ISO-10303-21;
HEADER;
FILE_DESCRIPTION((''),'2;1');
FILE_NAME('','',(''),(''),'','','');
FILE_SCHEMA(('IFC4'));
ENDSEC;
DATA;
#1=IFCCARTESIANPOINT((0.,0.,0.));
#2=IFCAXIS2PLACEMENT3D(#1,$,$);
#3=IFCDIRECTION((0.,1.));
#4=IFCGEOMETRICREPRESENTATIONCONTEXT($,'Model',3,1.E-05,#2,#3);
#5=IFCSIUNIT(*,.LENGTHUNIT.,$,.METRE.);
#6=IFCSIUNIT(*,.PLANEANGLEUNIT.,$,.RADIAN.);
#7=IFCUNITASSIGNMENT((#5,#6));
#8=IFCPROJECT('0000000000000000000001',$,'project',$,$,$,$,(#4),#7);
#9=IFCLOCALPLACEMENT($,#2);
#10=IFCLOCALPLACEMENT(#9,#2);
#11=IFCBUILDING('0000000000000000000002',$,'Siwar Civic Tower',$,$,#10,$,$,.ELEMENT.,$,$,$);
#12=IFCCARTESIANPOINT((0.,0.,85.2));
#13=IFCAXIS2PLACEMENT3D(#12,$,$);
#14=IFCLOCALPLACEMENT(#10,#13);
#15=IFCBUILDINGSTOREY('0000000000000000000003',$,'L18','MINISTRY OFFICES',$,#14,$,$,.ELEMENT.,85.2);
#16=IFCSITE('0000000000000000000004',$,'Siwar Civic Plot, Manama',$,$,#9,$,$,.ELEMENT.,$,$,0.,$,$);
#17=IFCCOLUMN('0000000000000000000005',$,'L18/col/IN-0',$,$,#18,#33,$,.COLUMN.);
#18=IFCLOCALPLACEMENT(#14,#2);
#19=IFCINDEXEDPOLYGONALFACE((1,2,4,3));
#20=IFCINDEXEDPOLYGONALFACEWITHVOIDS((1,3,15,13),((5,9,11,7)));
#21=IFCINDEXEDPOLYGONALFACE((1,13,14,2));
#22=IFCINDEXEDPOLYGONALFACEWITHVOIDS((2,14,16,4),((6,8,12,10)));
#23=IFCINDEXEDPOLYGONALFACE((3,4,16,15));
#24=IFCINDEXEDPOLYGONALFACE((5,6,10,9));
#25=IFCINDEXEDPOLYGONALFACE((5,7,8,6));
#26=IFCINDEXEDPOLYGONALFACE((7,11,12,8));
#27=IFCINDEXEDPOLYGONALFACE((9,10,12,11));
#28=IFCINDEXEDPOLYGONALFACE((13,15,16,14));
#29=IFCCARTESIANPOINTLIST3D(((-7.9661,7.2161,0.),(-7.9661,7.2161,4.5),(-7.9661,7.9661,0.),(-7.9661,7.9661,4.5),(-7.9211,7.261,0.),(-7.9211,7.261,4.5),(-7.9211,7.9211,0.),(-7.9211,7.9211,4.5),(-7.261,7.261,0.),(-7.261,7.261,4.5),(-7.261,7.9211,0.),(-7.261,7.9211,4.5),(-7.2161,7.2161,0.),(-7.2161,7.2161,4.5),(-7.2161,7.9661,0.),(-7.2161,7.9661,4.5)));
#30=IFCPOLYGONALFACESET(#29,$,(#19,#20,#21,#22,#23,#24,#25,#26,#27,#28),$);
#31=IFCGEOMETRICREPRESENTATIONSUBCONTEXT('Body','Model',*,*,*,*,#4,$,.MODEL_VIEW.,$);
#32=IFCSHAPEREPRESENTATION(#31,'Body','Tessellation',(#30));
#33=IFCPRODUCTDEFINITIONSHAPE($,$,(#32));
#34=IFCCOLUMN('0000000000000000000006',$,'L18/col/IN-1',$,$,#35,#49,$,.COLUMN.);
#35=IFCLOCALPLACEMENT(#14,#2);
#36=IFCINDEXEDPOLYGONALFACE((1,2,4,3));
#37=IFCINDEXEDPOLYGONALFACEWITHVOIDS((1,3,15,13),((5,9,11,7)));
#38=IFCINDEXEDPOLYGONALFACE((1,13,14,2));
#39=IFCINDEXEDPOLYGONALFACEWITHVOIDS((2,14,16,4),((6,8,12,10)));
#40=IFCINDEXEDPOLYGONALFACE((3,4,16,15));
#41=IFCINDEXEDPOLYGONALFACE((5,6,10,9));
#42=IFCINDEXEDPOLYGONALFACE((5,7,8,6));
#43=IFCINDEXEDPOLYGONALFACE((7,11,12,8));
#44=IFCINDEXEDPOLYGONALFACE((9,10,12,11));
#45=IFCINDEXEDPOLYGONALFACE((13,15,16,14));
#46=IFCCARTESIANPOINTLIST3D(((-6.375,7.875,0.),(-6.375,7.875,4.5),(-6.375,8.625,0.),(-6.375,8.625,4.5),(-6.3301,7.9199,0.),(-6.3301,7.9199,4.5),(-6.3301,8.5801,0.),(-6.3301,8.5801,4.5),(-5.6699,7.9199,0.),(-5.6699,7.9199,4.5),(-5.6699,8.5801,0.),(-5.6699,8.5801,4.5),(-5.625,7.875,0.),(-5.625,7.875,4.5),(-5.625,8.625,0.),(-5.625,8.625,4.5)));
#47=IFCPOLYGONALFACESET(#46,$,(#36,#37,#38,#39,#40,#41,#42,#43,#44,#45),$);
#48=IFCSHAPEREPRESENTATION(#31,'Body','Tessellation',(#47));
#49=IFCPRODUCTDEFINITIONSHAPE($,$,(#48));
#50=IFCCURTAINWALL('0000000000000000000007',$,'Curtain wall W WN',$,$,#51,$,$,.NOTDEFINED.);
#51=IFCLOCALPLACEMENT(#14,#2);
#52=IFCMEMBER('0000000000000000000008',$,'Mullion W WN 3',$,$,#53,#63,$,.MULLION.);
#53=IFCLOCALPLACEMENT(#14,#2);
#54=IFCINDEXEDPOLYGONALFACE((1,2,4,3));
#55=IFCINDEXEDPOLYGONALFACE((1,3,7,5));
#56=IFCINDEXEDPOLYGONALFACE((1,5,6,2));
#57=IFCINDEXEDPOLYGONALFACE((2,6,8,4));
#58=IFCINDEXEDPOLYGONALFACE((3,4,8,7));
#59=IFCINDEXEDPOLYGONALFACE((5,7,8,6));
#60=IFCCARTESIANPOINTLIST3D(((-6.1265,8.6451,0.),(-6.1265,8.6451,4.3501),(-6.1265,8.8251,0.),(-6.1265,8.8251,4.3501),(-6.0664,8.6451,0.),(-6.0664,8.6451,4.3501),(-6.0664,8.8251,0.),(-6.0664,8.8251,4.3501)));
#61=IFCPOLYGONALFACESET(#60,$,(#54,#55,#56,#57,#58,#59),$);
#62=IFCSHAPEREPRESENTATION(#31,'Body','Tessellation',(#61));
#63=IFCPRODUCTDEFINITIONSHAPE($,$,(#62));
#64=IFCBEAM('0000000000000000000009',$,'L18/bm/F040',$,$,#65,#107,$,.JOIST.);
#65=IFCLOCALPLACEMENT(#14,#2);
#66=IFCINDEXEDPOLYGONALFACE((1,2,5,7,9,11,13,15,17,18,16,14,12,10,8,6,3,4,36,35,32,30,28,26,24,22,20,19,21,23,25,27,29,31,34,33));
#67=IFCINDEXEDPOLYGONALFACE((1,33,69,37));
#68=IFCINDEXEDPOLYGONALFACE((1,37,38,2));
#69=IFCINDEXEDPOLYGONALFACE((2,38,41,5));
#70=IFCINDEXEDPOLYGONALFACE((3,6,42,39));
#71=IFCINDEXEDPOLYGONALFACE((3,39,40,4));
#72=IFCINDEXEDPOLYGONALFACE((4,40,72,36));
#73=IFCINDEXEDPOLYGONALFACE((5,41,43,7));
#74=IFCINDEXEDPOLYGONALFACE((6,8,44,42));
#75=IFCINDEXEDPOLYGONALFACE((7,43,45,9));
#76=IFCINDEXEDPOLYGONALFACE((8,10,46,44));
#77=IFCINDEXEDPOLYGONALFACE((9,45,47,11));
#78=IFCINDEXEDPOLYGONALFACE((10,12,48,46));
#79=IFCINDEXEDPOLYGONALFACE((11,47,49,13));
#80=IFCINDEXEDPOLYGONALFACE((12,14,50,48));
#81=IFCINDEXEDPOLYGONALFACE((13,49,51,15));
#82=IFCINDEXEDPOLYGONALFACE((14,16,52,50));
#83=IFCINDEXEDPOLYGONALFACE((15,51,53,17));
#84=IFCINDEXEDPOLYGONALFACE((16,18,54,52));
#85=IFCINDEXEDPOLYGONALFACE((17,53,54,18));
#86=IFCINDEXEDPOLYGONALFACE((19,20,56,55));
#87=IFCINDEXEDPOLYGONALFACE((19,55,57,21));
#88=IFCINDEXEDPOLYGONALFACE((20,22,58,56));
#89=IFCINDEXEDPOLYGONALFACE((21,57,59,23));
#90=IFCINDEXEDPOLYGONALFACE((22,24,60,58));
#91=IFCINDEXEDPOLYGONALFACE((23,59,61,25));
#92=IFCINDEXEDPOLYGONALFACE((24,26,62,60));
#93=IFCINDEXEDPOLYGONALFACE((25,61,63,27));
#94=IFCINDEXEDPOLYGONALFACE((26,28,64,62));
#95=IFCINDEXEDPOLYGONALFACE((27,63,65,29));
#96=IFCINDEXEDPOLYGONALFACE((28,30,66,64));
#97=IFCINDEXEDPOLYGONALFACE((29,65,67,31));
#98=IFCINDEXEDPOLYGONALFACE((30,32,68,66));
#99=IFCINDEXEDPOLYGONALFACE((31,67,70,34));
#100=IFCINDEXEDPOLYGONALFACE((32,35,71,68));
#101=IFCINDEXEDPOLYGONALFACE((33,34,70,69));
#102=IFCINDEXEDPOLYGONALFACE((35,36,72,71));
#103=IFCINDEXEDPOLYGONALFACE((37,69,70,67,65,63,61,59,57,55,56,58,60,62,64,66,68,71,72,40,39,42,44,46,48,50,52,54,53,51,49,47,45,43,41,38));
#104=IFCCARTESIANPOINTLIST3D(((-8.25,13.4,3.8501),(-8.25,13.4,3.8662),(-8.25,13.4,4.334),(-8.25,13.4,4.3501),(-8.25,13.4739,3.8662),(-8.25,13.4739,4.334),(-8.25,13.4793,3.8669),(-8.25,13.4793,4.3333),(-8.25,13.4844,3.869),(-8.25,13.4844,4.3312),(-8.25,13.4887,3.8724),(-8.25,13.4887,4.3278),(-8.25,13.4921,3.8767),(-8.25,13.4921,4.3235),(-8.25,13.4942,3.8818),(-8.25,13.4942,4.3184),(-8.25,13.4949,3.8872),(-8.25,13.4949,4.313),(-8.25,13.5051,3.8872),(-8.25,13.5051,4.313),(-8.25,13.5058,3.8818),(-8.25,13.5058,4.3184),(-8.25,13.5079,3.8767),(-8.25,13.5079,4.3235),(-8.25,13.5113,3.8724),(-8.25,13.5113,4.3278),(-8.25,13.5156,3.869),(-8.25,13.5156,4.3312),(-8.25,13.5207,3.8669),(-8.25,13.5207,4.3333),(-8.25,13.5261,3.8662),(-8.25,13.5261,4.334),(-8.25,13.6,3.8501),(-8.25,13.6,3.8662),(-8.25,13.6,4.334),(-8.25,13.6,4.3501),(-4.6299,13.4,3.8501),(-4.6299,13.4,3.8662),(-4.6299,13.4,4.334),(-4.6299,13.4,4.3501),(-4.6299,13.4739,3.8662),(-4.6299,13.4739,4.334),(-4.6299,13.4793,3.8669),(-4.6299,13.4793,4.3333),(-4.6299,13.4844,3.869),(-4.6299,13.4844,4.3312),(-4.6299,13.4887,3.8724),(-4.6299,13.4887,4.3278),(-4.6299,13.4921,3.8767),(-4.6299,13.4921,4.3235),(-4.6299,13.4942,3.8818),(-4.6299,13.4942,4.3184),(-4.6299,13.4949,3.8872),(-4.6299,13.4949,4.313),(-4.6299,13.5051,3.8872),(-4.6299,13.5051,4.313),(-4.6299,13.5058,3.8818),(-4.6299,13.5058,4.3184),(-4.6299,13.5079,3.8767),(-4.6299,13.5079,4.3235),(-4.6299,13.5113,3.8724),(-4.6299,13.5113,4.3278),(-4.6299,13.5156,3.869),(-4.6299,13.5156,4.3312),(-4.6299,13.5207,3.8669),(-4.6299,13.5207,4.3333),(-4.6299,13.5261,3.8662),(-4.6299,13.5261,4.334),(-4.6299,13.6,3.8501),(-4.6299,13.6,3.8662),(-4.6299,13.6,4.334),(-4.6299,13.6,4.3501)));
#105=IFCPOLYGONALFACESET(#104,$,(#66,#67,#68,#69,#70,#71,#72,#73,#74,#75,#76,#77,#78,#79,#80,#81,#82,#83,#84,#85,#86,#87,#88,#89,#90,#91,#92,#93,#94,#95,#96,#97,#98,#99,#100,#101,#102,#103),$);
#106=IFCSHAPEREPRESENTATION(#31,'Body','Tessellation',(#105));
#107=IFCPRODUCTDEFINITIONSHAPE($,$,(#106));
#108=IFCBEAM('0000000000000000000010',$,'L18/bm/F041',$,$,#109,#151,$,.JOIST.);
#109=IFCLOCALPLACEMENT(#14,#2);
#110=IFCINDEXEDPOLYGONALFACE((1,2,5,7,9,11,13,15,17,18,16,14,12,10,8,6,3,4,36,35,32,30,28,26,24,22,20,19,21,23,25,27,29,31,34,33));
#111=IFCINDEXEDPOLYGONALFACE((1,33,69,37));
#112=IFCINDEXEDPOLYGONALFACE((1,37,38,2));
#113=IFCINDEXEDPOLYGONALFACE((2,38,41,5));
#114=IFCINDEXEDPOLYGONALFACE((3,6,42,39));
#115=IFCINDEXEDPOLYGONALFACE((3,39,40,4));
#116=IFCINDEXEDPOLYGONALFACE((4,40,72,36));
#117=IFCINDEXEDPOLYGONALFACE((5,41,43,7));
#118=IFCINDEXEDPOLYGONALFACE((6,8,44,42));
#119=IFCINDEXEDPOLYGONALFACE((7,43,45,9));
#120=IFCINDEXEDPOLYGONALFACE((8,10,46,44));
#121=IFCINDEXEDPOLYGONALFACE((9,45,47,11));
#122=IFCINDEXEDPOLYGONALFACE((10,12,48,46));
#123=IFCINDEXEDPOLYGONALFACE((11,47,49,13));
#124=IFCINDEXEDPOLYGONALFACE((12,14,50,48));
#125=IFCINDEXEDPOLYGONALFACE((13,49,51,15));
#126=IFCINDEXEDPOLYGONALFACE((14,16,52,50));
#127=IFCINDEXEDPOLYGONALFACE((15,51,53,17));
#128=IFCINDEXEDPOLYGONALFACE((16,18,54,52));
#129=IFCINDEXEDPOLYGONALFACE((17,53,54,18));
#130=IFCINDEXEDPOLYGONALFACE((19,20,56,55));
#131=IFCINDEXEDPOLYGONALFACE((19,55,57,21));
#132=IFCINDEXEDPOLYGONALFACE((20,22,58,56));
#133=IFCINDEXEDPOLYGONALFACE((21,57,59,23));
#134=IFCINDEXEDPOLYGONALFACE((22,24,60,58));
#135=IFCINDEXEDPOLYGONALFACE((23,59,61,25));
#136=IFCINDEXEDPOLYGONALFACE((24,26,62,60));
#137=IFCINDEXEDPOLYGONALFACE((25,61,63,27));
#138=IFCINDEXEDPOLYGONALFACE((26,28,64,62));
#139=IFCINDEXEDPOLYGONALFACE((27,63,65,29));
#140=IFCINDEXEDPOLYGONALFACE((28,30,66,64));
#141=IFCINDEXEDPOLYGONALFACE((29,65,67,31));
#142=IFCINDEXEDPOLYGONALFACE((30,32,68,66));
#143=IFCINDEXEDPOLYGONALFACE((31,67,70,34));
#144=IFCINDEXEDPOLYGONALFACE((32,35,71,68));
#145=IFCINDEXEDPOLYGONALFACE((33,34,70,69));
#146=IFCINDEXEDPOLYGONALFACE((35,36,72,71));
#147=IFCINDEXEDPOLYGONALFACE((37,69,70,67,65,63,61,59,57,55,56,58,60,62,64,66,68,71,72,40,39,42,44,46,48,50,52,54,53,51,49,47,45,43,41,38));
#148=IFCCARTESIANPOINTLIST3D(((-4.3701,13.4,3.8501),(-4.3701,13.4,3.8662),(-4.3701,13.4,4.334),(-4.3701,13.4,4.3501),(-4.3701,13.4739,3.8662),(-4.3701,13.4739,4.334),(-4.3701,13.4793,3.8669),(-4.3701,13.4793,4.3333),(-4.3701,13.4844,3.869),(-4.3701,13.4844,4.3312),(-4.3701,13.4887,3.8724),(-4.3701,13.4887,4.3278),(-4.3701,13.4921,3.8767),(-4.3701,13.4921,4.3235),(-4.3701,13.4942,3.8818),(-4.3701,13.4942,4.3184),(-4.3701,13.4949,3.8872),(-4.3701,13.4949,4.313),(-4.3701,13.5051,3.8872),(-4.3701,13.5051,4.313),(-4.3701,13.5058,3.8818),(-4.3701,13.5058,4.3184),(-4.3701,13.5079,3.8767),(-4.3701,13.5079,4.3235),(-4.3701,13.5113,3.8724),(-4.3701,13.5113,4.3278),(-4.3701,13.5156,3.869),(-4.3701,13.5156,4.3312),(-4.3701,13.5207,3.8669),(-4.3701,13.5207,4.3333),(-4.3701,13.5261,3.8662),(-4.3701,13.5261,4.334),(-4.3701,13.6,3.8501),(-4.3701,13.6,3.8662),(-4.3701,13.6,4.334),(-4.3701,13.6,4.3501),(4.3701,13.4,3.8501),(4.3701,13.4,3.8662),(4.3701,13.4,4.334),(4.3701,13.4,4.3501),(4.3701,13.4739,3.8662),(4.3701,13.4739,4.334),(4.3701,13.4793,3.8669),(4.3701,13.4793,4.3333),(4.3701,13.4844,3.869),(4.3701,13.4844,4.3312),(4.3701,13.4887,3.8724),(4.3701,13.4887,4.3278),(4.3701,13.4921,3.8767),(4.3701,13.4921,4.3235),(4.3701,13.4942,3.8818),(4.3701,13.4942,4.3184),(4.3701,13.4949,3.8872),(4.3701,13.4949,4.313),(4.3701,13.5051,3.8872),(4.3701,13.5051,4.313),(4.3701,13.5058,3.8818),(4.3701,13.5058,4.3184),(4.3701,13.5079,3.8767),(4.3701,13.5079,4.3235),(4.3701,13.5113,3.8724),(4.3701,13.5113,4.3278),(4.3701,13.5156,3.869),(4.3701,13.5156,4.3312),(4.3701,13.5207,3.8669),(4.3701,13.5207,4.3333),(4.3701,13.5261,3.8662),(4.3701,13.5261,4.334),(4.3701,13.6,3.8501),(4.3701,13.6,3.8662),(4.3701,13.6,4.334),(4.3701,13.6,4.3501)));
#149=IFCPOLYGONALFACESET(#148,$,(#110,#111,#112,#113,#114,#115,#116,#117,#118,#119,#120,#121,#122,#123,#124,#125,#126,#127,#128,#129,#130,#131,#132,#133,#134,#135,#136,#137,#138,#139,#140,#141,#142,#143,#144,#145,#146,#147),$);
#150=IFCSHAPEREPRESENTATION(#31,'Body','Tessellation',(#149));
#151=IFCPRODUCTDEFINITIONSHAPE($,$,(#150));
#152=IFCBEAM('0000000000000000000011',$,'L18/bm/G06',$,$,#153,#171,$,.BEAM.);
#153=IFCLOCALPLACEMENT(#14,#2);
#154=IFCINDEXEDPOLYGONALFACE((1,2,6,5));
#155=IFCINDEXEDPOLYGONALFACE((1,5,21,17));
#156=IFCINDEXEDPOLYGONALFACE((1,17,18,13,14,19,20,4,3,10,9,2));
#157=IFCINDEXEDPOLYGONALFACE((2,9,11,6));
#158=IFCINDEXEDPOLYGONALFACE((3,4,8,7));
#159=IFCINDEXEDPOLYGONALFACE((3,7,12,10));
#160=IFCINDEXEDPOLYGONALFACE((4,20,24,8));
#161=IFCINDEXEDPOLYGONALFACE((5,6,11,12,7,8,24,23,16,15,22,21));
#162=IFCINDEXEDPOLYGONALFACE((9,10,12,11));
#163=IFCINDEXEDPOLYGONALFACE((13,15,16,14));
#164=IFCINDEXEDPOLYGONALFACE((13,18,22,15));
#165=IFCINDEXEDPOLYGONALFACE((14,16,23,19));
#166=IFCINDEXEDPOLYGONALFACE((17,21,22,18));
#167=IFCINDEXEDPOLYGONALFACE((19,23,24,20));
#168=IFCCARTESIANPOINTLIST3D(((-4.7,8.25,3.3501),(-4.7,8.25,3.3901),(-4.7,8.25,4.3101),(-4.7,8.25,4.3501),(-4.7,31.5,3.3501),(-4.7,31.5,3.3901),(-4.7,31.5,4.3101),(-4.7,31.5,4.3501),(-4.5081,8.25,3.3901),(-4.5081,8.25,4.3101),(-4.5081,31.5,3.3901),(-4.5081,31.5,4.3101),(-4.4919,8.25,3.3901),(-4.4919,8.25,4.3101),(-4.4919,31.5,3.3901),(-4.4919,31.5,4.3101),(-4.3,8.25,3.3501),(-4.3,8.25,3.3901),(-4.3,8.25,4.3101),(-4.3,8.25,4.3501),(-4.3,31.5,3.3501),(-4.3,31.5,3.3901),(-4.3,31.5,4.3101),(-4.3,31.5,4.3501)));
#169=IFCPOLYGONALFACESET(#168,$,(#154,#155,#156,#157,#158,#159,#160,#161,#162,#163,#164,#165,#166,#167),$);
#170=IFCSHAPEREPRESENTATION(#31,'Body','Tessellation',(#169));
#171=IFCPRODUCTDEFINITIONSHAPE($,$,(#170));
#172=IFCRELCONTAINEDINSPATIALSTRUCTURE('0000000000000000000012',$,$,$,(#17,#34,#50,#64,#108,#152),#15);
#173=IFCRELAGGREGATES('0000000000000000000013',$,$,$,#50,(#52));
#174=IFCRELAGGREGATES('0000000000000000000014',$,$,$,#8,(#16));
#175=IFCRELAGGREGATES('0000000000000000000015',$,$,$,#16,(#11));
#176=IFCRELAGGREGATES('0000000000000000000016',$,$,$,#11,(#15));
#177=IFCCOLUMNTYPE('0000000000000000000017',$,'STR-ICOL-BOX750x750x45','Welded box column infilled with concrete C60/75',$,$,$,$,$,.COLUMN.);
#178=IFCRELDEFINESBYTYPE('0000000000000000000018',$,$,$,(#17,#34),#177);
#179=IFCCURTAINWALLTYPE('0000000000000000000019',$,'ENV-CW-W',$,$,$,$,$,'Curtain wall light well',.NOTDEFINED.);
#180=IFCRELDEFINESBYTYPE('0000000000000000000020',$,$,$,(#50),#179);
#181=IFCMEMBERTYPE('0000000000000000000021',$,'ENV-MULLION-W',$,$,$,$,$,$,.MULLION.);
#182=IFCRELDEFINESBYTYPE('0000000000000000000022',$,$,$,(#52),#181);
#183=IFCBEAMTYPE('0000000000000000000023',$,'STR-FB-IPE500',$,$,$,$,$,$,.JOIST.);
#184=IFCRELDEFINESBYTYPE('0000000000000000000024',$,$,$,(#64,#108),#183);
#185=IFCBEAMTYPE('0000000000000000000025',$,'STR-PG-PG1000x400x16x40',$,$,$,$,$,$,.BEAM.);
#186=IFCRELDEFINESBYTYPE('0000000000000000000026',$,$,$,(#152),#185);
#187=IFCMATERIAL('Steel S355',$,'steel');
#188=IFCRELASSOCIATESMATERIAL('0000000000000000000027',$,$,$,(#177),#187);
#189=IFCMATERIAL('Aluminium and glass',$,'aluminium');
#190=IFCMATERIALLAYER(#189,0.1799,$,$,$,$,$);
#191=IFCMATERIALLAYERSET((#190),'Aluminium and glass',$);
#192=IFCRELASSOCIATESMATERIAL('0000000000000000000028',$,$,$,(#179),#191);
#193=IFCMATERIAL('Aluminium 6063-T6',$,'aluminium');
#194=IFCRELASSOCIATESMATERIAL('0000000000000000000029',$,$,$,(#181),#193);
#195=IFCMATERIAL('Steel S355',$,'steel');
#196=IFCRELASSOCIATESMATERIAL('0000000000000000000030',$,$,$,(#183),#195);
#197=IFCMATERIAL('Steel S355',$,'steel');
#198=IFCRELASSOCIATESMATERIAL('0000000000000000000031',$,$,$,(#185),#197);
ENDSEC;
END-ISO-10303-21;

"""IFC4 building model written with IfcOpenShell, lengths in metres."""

from ifc_helpers import new_model, si_unit, direction, frame, origin, origin_2d, place, context, subcontext, project, spatial, rectangle, hollow_rectangle, i_section, extrude, material, layer, layer_set, material_profile, profile_set, type_object, element, aggregate, save


model = new_model("IFC4")

# Units and contexts
model_context = context("Model", 3, precision=1e-05, world=origin(), true_north=direction((0.0, 1.0)))
body_context = subcontext(model_context, "Body", "Model", "MODEL_VIEW")
ifc_project = project(units=[si_unit("LENGTHUNIT", "METRE"), si_unit("PLANEANGLEUNIT", "RADIAN")], contexts=[model_context])

# Site, building, storey
site_placement = place(None, origin())
site = spatial("IfcSite", under=ifc_project, at=site_placement, Name="Siwar Civic Plot, Manama", CompositionType="ELEMENT", RefElevation=0.0)
building_placement = place(site_placement, origin())
building = spatial("IfcBuilding", under=site, at=building_placement, Name="Siwar Civic Tower", CompositionType="ELEMENT")
storey_placement = place(building_placement, frame((0.0, 0.0, 85.2)))
storey = spatial("IfcBuildingStorey", under=building, at=storey_placement, Name="L18", Description="MINISTRY OFFICES", CompositionType="ELEMENT", Elevation=85.2)

# Columns
ifc_material_1 = material(Name="Steel S355", Category="steel")
ifc_material_profile_1 = material_profile(ifc_material_1, hollow_rectangle(XDim=0.75, YDim=0.75, WallThickness=0.0449, at=origin_2d()), Name="BOX750x750x45")
ifc_profile_set_1 = profile_set([ifc_material_profile_1], Name="Steel S355")
column_type = type_object("IfcColumnType", Name="STR-ICOL-BOX750x750x45", Description="Welded box column infilled with concrete C60/75", PredefinedType="COLUMN", material=ifc_profile_set_1)
for number, where, z_axis, x_axis, name in (
    (1, (-7.5911, 7.5911, 0.0), (0.0, 0.0, 1.0), (1.0, 0.0, 0.0), "L18/col/IN-0"),
    (2, (-6.0, 8.25, 0.0), (0.0, 0.0, 1.0), (1.0, 0.0, 0.0), "L18/col/IN-1"),
):
    element("IfcColumn", number, at=place(storey_placement, frame(where, z_axis=z_axis, x_axis=x_axis)), inside=storey, type_object=column_type, Name=name, PredefinedType="COLUMN", context=body_context, shape_type="SweptSolid", body=[
        extrude(hollow_rectangle(XDim=0.75, YDim=0.75, WallThickness=0.0449, at=origin_2d()), origin(), (0.0, 0.0, 1.0), 4.5),
    ])

# Curtain wall, member
ifc_material_2 = material(Name="Aluminium and glass", Category="aluminium")
ifc_layer_1 = layer(ifc_material_2, 0.1799)
ifc_layer_set_1 = layer_set([ifc_layer_1], Name="Aluminium and glass")
curtain_wall_type = type_object("IfcCurtainWallType", Name="ENV-CW-W", ElementType="Curtain wall light well", PredefinedType="NOTDEFINED", material=ifc_layer_set_1)
curtain_wall_placement = place(storey_placement, origin())
curtain_wall = element("IfcCurtainWall", 3, at=curtain_wall_placement, inside=storey, type_object=curtain_wall_type, Name="Curtain wall W WN", PredefinedType="NOTDEFINED")
ifc_material_3 = material(Name="Aluminium 6063-T6", Category="aluminium")
ifc_material_profile_2 = material_profile(ifc_material_3, rectangle(XDim=0.1799, YDim=0.0601, at=origin_2d()), Name="AL 180x60")
ifc_profile_set_2 = profile_set([ifc_material_profile_2], Name="Aluminium 6063-T6")
member_type = type_object("IfcMemberType", Name="ENV-MULLION-W", PredefinedType="MULLION", material=ifc_profile_set_2)
member_placement = place(storey_placement, frame((-6.0964, 8.7351, 0.0), z_axis=(0.0, 0.0, 1.0), x_axis=(0.0, -1.0, 0.0)))
member = element("IfcMember", 4, at=member_placement, type_object=member_type, Name="Mullion W WN 3", PredefinedType="MULLION", context=body_context, shape_type="SweptSolid", body=[
    extrude(rectangle(XDim=0.1799, YDim=0.0601, at=origin_2d()), origin(), (0.0, 0.0, 1.0), 4.3501),
])

# Beams
ifc_material_4 = material(Name="Steel S355", Category="steel")
ifc_material_profile_3 = material_profile(ifc_material_4, i_section(OverallWidth=0.2, OverallDepth=0.5, WebThickness=0.0103, FlangeThickness=0.0161, FilletRadius=0.021, at=origin_2d()), Name="IPE500")
ifc_profile_set_3 = profile_set([ifc_material_profile_3], Name="Steel S355")
beam_type_1 = type_object("IfcBeamType", Name="STR-FB-IPE500", PredefinedType="JOIST", material=ifc_profile_set_3)
beam_1_placement = place(storey_placement, frame((-8.25, 13.5, 4.1001), z_axis=(1.0, 0.0, 0.0), x_axis=(0.0, 1.0, 0.0)))
element("IfcBeam", 5, at=beam_1_placement, inside=storey, type_object=beam_type_1, Name="L18/bm/F040", PredefinedType="JOIST", context=body_context, shape_type="SweptSolid", body=[
    extrude(i_section(OverallWidth=0.2, OverallDepth=0.5, WebThickness=0.0103, FlangeThickness=0.0161, FilletRadius=0.021, at=origin_2d()), origin(), (0.0, 0.0, 1.0), 3.6201),
])
beam_2_placement = place(storey_placement, frame((-4.3701, 13.5, 4.1001), z_axis=(1.0, 0.0, 0.0), x_axis=(0.0, 1.0, 0.0)))
element("IfcBeam", 6, at=beam_2_placement, inside=storey, type_object=beam_type_1, Name="L18/bm/F041", PredefinedType="JOIST", context=body_context, shape_type="SweptSolid", body=[
    extrude(i_section(OverallWidth=0.2, OverallDepth=0.5, WebThickness=0.0103, FlangeThickness=0.0161, FilletRadius=0.021, at=origin_2d()), origin(), (0.0, 0.0, 1.0), 8.7402),
])
ifc_material_5 = material(Name="Steel S355", Category="steel")
ifc_material_profile_4 = material_profile(ifc_material_5, i_section(OverallWidth=0.3999, OverallDepth=1.0, WebThickness=0.0161, FlangeThickness=0.04, at=origin_2d()), Name="PG1000x400x16x40")
ifc_profile_set_4 = profile_set([ifc_material_profile_4], Name="Steel S355")
beam_type_2 = type_object("IfcBeamType", Name="STR-PG-PG1000x400x16x40", PredefinedType="BEAM", material=ifc_profile_set_4)
beam_3_placement = place(storey_placement, frame((-4.5, 8.25, 3.8501), z_axis=(0.0, 1.0, 0.0), x_axis=(-1.0, 0.0, 0.0)))
element("IfcBeam", 7, at=beam_3_placement, inside=storey, type_object=beam_type_2, Name="L18/bm/G06", PredefinedType="BEAM", context=body_context, shape_type="SweptSolid", body=[
    extrude(i_section(OverallWidth=0.3999, OverallDepth=1.0, WebThickness=0.0161, FlangeThickness=0.04, at=origin_2d()), origin(), (0.0, 0.0, 1.0), 23.25),
])

aggregate(curtain_wall, [member])

save(model, "model.ifc")
